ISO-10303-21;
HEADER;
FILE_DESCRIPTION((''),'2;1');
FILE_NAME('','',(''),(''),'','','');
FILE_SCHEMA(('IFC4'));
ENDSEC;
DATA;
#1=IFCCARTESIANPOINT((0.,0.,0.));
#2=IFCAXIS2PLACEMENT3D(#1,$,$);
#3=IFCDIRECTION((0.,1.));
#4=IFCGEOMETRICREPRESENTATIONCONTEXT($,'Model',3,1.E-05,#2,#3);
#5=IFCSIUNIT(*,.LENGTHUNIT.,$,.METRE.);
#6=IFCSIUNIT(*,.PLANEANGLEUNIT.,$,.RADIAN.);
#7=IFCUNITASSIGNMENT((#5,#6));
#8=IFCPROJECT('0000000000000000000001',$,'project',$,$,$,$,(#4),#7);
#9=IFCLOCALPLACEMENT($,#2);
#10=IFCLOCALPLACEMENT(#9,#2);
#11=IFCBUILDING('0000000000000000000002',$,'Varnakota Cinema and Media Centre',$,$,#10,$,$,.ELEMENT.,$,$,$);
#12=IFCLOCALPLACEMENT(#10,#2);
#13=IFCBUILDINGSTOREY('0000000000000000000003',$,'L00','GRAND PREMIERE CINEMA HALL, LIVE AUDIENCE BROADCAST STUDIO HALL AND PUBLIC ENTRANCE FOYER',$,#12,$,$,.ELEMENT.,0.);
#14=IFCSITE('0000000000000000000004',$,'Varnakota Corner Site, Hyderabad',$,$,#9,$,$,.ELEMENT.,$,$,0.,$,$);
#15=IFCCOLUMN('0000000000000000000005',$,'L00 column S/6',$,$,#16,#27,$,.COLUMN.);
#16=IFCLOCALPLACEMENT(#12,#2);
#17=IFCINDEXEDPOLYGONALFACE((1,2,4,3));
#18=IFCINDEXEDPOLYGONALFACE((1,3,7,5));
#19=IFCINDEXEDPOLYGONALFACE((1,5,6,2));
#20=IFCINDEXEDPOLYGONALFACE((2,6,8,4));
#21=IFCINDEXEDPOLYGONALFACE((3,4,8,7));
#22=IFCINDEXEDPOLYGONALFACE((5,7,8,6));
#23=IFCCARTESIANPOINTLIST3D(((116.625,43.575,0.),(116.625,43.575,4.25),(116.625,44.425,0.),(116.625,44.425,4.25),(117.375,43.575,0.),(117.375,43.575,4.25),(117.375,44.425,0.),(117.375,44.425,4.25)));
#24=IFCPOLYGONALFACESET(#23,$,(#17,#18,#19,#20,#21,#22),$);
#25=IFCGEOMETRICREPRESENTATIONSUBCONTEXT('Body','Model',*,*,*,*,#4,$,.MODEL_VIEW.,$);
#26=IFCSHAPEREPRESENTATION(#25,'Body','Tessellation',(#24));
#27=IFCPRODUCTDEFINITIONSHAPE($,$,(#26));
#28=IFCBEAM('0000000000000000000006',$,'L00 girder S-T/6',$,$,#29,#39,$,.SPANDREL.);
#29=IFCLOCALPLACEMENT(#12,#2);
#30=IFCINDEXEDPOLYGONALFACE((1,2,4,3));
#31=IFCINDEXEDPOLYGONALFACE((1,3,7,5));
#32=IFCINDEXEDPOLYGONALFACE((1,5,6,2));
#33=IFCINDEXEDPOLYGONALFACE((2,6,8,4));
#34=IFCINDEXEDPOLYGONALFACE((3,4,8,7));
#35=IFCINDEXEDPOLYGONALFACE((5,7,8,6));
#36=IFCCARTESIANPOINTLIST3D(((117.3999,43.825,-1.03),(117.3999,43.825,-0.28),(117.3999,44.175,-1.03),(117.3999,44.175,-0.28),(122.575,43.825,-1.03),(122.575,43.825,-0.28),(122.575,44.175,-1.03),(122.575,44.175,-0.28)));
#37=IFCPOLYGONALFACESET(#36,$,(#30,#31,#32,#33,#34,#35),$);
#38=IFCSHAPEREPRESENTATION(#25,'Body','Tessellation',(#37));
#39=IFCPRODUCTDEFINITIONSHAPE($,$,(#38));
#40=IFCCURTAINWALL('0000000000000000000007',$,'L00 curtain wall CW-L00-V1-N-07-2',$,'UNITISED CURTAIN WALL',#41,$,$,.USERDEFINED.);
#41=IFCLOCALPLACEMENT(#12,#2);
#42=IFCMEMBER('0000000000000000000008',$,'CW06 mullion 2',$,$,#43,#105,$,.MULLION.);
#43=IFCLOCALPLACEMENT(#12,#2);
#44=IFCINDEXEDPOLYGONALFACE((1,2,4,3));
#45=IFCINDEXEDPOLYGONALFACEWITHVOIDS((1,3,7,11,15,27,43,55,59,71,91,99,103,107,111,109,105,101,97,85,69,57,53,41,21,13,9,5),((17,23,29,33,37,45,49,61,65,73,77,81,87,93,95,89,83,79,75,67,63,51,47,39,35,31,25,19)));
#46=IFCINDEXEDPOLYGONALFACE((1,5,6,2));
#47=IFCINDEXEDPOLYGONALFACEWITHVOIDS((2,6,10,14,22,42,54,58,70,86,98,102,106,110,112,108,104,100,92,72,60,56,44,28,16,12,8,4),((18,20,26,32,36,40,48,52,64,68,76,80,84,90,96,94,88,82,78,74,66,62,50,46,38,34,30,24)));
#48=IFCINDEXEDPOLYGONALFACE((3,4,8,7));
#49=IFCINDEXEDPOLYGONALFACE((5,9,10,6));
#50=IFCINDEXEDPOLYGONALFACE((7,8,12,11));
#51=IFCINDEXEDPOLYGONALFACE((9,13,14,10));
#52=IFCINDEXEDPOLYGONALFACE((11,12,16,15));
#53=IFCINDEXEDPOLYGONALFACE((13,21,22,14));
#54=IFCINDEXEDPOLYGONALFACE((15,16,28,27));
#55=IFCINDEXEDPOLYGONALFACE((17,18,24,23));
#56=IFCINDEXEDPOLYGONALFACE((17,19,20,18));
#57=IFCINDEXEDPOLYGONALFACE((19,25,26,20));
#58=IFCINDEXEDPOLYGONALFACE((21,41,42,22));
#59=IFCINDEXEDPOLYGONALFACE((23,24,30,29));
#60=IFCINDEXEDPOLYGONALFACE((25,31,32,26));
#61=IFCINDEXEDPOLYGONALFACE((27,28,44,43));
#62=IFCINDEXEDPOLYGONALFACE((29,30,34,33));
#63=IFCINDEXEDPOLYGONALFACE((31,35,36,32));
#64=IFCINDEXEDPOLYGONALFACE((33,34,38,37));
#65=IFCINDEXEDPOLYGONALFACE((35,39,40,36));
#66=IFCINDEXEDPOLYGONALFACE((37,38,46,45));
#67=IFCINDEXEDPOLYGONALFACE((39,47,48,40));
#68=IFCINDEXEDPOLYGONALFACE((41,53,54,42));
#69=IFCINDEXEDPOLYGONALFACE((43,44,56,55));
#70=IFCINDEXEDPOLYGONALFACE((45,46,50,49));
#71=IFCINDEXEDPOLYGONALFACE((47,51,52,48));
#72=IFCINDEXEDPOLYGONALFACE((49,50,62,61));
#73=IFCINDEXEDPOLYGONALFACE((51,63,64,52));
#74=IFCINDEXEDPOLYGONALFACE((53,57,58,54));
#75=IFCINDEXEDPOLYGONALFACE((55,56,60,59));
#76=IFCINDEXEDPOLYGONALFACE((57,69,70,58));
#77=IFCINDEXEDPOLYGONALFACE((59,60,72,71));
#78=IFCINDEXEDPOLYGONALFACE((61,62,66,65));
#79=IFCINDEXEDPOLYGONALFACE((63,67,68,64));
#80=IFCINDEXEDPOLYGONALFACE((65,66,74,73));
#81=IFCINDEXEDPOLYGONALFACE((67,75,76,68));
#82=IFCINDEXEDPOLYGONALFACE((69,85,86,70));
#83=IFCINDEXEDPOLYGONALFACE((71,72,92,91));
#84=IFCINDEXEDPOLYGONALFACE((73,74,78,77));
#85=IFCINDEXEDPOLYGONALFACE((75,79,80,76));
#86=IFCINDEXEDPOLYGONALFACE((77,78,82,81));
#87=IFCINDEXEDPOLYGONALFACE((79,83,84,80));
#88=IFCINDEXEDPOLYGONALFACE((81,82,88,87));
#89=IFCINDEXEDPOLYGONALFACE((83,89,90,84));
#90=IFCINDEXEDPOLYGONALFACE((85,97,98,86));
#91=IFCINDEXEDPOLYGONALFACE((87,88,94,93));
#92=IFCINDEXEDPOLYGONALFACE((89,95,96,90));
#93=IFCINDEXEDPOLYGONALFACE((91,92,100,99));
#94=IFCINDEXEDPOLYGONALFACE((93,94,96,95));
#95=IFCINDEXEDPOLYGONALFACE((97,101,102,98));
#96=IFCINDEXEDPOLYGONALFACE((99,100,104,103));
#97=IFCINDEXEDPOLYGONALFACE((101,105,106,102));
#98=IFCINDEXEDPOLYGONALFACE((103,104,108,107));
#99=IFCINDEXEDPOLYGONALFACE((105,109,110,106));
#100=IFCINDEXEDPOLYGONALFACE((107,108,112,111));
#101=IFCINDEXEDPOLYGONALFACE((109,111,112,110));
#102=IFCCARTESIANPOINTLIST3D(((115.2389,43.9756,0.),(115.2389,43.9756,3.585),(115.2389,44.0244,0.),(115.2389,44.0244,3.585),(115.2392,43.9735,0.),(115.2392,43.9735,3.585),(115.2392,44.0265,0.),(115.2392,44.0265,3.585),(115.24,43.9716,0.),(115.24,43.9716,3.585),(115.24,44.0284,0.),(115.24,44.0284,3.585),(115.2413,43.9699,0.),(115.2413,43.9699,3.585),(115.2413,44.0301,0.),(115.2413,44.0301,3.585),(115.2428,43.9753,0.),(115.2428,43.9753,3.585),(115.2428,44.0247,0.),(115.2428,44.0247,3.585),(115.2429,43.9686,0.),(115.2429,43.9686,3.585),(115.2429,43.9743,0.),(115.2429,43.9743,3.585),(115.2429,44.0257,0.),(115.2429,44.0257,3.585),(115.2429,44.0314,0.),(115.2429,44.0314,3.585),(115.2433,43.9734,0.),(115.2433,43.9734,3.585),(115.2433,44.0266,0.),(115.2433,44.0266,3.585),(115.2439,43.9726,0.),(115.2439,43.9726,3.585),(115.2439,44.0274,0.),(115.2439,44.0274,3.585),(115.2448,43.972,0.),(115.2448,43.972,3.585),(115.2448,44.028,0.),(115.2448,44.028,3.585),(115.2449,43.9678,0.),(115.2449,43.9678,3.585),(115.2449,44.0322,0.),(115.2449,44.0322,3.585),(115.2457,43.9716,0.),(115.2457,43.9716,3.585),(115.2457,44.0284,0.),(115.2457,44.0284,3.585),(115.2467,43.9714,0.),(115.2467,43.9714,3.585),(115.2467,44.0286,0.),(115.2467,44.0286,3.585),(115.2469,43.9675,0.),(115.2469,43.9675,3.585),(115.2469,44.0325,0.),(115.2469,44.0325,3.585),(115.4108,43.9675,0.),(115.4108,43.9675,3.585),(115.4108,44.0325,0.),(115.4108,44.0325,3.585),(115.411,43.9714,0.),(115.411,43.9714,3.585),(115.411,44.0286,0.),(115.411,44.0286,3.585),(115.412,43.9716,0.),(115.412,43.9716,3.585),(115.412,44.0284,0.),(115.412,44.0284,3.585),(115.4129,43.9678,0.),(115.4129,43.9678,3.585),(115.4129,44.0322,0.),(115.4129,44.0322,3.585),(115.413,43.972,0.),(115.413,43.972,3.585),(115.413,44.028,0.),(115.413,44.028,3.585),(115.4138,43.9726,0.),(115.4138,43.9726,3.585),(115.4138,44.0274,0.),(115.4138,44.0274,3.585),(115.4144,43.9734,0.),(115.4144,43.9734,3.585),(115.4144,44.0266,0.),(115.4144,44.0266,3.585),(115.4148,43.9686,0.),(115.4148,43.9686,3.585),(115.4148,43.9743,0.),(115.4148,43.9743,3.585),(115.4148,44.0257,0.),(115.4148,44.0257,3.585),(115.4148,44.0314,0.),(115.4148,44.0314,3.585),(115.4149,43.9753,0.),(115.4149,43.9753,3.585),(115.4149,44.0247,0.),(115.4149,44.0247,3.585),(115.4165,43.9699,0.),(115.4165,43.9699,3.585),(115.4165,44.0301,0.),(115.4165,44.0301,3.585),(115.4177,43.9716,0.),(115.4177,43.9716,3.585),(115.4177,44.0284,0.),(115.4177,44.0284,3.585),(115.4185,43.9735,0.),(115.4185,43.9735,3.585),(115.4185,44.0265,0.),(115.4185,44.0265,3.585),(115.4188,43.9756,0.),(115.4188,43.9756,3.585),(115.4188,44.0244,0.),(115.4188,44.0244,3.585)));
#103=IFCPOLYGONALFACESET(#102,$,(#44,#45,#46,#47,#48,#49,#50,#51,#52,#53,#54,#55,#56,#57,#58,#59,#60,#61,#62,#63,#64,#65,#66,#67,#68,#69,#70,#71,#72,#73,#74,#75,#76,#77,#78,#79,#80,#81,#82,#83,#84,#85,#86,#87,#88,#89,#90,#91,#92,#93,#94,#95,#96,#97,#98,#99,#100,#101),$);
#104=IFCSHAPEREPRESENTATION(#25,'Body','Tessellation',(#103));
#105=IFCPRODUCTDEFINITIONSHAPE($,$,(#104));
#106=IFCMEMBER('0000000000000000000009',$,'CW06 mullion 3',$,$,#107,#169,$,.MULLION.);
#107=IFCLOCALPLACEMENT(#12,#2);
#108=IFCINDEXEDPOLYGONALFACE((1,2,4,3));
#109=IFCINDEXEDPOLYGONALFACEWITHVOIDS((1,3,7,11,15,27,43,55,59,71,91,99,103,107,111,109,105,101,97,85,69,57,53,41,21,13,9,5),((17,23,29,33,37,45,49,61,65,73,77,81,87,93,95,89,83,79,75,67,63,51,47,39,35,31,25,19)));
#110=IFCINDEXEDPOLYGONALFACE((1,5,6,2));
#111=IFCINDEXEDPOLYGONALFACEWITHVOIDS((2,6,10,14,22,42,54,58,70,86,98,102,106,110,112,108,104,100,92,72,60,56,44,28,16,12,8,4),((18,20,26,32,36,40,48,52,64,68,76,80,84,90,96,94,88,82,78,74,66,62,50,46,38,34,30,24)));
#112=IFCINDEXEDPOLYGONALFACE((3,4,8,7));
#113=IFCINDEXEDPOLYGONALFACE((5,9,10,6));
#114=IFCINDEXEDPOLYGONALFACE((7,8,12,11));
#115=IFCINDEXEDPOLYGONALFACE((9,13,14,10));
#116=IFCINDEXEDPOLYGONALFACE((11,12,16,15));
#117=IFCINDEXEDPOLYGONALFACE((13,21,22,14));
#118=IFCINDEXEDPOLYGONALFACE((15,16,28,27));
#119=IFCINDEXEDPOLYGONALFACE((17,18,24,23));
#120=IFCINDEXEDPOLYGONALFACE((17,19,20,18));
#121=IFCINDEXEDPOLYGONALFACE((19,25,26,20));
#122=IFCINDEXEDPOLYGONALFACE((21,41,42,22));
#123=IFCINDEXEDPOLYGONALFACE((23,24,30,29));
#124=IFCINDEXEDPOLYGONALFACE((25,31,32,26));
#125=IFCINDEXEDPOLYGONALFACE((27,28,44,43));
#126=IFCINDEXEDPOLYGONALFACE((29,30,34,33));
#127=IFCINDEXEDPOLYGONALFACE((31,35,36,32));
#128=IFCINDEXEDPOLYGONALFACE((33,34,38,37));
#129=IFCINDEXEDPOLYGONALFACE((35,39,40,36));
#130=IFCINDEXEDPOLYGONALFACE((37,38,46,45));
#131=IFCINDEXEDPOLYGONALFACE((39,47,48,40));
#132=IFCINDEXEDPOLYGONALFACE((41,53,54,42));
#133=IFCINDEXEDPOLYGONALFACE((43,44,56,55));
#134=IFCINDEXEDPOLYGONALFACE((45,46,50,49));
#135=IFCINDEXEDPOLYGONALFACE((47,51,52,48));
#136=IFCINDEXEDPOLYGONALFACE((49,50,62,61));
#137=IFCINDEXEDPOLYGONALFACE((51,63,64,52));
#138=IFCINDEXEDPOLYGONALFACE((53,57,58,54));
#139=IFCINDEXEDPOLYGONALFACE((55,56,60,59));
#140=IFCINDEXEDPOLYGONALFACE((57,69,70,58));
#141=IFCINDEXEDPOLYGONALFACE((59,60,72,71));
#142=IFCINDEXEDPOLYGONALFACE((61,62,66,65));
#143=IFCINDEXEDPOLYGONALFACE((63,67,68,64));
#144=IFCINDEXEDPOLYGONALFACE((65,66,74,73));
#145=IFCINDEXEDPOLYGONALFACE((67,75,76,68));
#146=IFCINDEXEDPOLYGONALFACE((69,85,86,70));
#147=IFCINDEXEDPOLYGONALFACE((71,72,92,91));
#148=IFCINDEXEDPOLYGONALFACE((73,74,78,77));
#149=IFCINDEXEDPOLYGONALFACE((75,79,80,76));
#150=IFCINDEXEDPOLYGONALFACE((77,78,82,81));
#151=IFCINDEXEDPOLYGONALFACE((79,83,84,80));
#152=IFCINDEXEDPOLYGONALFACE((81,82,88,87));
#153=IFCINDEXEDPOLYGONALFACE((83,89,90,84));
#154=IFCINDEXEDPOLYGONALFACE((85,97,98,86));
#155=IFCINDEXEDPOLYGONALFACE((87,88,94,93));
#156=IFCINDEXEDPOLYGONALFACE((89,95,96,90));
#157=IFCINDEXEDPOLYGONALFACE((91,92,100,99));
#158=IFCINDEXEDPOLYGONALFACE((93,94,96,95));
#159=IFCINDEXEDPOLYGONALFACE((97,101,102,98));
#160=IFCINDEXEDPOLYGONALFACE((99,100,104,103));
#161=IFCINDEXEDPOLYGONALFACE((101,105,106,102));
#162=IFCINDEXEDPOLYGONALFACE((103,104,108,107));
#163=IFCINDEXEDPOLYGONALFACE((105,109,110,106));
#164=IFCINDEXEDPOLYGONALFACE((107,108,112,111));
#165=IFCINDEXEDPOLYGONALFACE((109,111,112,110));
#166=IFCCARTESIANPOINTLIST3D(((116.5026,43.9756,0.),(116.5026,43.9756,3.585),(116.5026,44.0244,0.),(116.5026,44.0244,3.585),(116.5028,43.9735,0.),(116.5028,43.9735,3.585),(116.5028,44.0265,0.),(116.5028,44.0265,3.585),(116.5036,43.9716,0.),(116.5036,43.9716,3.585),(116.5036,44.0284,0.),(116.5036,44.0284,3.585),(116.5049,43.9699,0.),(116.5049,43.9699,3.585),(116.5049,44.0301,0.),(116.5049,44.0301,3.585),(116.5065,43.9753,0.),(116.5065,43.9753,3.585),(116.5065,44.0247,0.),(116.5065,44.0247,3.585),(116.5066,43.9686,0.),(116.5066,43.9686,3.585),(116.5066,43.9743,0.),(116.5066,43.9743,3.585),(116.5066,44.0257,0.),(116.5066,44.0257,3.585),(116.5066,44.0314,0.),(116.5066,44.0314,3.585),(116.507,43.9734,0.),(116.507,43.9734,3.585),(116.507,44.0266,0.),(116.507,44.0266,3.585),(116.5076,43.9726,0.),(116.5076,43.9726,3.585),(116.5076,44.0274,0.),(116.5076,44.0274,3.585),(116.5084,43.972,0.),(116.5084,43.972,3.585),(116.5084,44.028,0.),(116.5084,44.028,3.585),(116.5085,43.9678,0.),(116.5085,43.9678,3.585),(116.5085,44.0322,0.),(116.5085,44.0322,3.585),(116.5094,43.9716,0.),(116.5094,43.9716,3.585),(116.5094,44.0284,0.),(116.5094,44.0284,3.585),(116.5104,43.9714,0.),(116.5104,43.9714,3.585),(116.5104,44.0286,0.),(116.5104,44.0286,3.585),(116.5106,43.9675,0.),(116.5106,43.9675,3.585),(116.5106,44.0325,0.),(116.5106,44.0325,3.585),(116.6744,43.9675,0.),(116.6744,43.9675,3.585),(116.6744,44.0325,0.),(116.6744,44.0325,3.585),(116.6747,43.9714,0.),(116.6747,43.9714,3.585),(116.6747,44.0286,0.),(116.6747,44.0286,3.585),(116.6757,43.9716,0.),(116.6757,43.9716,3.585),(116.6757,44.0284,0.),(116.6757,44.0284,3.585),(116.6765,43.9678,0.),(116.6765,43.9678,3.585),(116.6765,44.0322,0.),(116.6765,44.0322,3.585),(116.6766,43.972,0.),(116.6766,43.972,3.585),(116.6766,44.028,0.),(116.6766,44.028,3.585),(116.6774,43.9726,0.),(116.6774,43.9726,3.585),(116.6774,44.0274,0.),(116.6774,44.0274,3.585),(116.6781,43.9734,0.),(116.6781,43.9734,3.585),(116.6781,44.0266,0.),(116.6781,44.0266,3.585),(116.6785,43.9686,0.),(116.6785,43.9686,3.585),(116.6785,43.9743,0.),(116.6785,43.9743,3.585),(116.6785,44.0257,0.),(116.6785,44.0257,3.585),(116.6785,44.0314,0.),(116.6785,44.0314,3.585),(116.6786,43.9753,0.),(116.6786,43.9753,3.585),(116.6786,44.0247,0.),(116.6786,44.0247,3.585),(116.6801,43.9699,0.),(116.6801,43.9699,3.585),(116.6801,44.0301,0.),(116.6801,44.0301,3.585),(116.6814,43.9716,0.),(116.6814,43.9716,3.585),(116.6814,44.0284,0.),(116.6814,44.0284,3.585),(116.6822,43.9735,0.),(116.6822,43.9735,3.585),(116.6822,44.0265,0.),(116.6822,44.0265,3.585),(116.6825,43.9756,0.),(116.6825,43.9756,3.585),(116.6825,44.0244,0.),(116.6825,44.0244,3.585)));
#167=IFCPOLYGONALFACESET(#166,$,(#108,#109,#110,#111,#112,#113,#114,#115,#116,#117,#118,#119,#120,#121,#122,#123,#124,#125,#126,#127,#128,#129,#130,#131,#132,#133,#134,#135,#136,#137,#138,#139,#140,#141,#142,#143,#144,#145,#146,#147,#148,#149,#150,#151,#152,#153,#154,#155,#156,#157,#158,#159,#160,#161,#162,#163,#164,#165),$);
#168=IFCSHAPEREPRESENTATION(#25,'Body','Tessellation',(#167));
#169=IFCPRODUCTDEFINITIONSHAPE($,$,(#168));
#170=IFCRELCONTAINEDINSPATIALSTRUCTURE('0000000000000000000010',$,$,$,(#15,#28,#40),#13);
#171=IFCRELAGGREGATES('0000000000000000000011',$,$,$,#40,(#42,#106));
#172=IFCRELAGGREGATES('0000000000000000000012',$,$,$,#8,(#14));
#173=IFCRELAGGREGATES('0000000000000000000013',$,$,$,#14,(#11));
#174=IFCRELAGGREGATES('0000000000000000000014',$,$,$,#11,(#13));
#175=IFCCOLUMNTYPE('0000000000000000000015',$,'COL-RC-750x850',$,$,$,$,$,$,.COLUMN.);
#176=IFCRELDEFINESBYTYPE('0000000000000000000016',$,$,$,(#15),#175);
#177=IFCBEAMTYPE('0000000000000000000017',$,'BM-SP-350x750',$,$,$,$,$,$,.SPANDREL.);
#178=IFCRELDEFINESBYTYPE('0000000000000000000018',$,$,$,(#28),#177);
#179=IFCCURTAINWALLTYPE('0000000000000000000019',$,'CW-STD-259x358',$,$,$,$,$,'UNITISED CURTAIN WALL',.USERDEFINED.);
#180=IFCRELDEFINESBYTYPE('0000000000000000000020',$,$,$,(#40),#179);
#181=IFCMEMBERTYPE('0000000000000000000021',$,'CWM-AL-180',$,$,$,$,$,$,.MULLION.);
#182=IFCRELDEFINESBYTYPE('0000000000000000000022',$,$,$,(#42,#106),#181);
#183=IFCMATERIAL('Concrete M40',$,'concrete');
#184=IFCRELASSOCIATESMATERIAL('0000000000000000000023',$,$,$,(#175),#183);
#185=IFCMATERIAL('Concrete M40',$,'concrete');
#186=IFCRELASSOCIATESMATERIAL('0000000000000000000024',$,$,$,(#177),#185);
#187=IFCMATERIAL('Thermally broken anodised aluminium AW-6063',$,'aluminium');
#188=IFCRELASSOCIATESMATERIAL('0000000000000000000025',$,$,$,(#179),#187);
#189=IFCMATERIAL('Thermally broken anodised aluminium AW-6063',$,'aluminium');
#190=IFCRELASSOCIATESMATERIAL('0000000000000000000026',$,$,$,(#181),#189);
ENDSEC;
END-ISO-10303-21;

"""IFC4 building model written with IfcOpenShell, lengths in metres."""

from ifc_helpers import new_model, si_unit, direction, frame, origin, origin_2d, place, context, subcontext, project, spatial, rectangle, hollow_rectangle, extrude, material, material_profile, profile_set, type_object, element, aggregate, save


model = new_model("IFC4")

# Units and contexts
model_context = context("Model", 3, precision=1e-05, world=origin(), true_north=direction((0.0, 1.0)))
body_context = subcontext(model_context, "Body", "Model", "MODEL_VIEW")
ifc_project = project(units=[si_unit("LENGTHUNIT", "METRE"), si_unit("PLANEANGLEUNIT", "RADIAN")], contexts=[model_context])

# Site, building, storey
site_placement = place(None, origin())
site = spatial("IfcSite", under=ifc_project, at=site_placement, Name="Varnakota Corner Site, Hyderabad", CompositionType="ELEMENT", RefElevation=0.0)
building_placement = place(site_placement, origin())
building = spatial("IfcBuilding", under=site, at=building_placement, Name="Varnakota Cinema and Media Centre", CompositionType="ELEMENT")
storey_placement = place(building_placement, origin())
storey = spatial("IfcBuildingStorey", under=building, at=storey_placement, Name="L00", Description="GRAND PREMIERE CINEMA HALL, LIVE AUDIENCE BROADCAST STUDIO HALL AND PUBLIC ENTRANCE FOYER", CompositionType="ELEMENT", Elevation=0.0)

# Column
ifc_material_1 = material(Name="Concrete M40", Category="concrete")
ifc_material_profile_1 = material_profile(ifc_material_1, rectangle(XDim=0.75, YDim=0.8501, at=origin_2d()), Name="RC 750x850")
ifc_profile_set_1 = profile_set([ifc_material_profile_1], Name="Concrete M40")
column_type = type_object("IfcColumnType", Name="COL-RC-750x850", PredefinedType="COLUMN", material=ifc_profile_set_1)
column_placement = place(storey_placement, frame((117.0, 44.0, 0.0), z_axis=(0.0, 0.0, 1.0), x_axis=(1.0, 0.0, 0.0)))
element("IfcColumn", 1, at=column_placement, inside=storey, type_object=column_type, Name="L00 column S/6", PredefinedType="COLUMN", context=body_context, shape_type="SweptSolid", body=[
    extrude(rectangle(XDim=0.75, YDim=0.8501, at=origin_2d()), origin(), (0.0, 0.0, 1.0), 4.25),
])

# Beam
ifc_material_2 = material(Name="Concrete M40", Category="concrete")
ifc_material_profile_2 = material_profile(ifc_material_2, rectangle(XDim=0.3501, YDim=0.75, at=origin_2d()), Name="RCB 350x750")
ifc_profile_set_2 = profile_set([ifc_material_profile_2], Name="Concrete M40")
beam_type = type_object("IfcBeamType", Name="BM-SP-350x750", PredefinedType="SPANDREL", material=ifc_profile_set_2)
beam_placement = place(storey_placement, frame((117.3999, 44.0, -0.655), z_axis=(1.0, 0.0, 0.0), x_axis=(0.0, 1.0, 0.0)))
element("IfcBeam", 2, at=beam_placement, inside=storey, type_object=beam_type, Name="L00 girder S-T/6", PredefinedType="SPANDREL", context=body_context, shape_type="SweptSolid", body=[
    extrude(rectangle(XDim=0.3501, YDim=0.75, at=origin_2d()), origin(), (0.0, 0.0, 1.0), 5.175),
])

# Curtain wall, members
ifc_material_3 = material(Name="Thermally broken anodised aluminium AW-6063", Category="aluminium")
curtain_wall_type = type_object("IfcCurtainWallType", Name="CW-STD-259x358", ElementType="UNITISED CURTAIN WALL", PredefinedType="USERDEFINED", material=ifc_material_3)
curtain_wall_1_placement = place(storey_placement, origin())
curtain_wall_1 = element("IfcCurtainWall", 3, at=curtain_wall_1_placement, inside=storey, type_object=curtain_wall_type, Name="L00 curtain wall CW-L00-V1-N-07-2", ObjectType="UNITISED CURTAIN WALL", PredefinedType="USERDEFINED")
ifc_material_4 = material(Name="Thermally broken anodised aluminium AW-6063", Category="aluminium")
ifc_material_profile_3 = material_profile(ifc_material_4, hollow_rectangle(XDim=0.0649, YDim=0.1799, WallThickness=0.0039, InnerFilletRadius=0.0039, OuterFilletRadius=0.0081, at=origin_2d()), Name="AL-MULLION 180x65x4")
ifc_profile_set_3 = profile_set([ifc_material_profile_3], Name="Thermally broken anodised aluminium AW-6063")
member_type_1 = type_object("IfcMemberType", Name="CWM-AL-180", PredefinedType="MULLION", material=ifc_profile_set_3)
member_1_placement = place(storey_placement, frame((115.3289, 44.0, 0.0), z_axis=(0.0, 0.0, 1.0), x_axis=(0.0, 1.0, 0.0)))
member_1 = element("IfcMember", 4, at=member_1_placement, type_object=member_type_1, Name="CW06 mullion 2", PredefinedType="MULLION", context=body_context, shape_type="SweptSolid", body=[
    extrude(hollow_rectangle(XDim=0.0649, YDim=0.1799, WallThickness=0.0039, InnerFilletRadius=0.0039, OuterFilletRadius=0.0081, at=origin_2d()), origin(), (0.0, 0.0, 1.0), 3.585),
])
member_2_placement = place(storey_placement, frame((116.5925, 44.0, 0.0), z_axis=(0.0, 0.0, 1.0), x_axis=(0.0, 1.0, 0.0)))
member_2 = element("IfcMember", 5, at=member_2_placement, type_object=member_type_1, Name="CW06 mullion 3", PredefinedType="MULLION", context=body_context, shape_type="SweptSolid", body=[
    extrude(hollow_rectangle(XDim=0.0649, YDim=0.1799, WallThickness=0.0039, InnerFilletRadius=0.0039, OuterFilletRadius=0.0081, at=origin_2d()), origin(), (0.0, 0.0, 1.0), 3.585),
])

aggregate(curtain_wall_1, [member_1, member_2])

save(model, "model.ifc")
